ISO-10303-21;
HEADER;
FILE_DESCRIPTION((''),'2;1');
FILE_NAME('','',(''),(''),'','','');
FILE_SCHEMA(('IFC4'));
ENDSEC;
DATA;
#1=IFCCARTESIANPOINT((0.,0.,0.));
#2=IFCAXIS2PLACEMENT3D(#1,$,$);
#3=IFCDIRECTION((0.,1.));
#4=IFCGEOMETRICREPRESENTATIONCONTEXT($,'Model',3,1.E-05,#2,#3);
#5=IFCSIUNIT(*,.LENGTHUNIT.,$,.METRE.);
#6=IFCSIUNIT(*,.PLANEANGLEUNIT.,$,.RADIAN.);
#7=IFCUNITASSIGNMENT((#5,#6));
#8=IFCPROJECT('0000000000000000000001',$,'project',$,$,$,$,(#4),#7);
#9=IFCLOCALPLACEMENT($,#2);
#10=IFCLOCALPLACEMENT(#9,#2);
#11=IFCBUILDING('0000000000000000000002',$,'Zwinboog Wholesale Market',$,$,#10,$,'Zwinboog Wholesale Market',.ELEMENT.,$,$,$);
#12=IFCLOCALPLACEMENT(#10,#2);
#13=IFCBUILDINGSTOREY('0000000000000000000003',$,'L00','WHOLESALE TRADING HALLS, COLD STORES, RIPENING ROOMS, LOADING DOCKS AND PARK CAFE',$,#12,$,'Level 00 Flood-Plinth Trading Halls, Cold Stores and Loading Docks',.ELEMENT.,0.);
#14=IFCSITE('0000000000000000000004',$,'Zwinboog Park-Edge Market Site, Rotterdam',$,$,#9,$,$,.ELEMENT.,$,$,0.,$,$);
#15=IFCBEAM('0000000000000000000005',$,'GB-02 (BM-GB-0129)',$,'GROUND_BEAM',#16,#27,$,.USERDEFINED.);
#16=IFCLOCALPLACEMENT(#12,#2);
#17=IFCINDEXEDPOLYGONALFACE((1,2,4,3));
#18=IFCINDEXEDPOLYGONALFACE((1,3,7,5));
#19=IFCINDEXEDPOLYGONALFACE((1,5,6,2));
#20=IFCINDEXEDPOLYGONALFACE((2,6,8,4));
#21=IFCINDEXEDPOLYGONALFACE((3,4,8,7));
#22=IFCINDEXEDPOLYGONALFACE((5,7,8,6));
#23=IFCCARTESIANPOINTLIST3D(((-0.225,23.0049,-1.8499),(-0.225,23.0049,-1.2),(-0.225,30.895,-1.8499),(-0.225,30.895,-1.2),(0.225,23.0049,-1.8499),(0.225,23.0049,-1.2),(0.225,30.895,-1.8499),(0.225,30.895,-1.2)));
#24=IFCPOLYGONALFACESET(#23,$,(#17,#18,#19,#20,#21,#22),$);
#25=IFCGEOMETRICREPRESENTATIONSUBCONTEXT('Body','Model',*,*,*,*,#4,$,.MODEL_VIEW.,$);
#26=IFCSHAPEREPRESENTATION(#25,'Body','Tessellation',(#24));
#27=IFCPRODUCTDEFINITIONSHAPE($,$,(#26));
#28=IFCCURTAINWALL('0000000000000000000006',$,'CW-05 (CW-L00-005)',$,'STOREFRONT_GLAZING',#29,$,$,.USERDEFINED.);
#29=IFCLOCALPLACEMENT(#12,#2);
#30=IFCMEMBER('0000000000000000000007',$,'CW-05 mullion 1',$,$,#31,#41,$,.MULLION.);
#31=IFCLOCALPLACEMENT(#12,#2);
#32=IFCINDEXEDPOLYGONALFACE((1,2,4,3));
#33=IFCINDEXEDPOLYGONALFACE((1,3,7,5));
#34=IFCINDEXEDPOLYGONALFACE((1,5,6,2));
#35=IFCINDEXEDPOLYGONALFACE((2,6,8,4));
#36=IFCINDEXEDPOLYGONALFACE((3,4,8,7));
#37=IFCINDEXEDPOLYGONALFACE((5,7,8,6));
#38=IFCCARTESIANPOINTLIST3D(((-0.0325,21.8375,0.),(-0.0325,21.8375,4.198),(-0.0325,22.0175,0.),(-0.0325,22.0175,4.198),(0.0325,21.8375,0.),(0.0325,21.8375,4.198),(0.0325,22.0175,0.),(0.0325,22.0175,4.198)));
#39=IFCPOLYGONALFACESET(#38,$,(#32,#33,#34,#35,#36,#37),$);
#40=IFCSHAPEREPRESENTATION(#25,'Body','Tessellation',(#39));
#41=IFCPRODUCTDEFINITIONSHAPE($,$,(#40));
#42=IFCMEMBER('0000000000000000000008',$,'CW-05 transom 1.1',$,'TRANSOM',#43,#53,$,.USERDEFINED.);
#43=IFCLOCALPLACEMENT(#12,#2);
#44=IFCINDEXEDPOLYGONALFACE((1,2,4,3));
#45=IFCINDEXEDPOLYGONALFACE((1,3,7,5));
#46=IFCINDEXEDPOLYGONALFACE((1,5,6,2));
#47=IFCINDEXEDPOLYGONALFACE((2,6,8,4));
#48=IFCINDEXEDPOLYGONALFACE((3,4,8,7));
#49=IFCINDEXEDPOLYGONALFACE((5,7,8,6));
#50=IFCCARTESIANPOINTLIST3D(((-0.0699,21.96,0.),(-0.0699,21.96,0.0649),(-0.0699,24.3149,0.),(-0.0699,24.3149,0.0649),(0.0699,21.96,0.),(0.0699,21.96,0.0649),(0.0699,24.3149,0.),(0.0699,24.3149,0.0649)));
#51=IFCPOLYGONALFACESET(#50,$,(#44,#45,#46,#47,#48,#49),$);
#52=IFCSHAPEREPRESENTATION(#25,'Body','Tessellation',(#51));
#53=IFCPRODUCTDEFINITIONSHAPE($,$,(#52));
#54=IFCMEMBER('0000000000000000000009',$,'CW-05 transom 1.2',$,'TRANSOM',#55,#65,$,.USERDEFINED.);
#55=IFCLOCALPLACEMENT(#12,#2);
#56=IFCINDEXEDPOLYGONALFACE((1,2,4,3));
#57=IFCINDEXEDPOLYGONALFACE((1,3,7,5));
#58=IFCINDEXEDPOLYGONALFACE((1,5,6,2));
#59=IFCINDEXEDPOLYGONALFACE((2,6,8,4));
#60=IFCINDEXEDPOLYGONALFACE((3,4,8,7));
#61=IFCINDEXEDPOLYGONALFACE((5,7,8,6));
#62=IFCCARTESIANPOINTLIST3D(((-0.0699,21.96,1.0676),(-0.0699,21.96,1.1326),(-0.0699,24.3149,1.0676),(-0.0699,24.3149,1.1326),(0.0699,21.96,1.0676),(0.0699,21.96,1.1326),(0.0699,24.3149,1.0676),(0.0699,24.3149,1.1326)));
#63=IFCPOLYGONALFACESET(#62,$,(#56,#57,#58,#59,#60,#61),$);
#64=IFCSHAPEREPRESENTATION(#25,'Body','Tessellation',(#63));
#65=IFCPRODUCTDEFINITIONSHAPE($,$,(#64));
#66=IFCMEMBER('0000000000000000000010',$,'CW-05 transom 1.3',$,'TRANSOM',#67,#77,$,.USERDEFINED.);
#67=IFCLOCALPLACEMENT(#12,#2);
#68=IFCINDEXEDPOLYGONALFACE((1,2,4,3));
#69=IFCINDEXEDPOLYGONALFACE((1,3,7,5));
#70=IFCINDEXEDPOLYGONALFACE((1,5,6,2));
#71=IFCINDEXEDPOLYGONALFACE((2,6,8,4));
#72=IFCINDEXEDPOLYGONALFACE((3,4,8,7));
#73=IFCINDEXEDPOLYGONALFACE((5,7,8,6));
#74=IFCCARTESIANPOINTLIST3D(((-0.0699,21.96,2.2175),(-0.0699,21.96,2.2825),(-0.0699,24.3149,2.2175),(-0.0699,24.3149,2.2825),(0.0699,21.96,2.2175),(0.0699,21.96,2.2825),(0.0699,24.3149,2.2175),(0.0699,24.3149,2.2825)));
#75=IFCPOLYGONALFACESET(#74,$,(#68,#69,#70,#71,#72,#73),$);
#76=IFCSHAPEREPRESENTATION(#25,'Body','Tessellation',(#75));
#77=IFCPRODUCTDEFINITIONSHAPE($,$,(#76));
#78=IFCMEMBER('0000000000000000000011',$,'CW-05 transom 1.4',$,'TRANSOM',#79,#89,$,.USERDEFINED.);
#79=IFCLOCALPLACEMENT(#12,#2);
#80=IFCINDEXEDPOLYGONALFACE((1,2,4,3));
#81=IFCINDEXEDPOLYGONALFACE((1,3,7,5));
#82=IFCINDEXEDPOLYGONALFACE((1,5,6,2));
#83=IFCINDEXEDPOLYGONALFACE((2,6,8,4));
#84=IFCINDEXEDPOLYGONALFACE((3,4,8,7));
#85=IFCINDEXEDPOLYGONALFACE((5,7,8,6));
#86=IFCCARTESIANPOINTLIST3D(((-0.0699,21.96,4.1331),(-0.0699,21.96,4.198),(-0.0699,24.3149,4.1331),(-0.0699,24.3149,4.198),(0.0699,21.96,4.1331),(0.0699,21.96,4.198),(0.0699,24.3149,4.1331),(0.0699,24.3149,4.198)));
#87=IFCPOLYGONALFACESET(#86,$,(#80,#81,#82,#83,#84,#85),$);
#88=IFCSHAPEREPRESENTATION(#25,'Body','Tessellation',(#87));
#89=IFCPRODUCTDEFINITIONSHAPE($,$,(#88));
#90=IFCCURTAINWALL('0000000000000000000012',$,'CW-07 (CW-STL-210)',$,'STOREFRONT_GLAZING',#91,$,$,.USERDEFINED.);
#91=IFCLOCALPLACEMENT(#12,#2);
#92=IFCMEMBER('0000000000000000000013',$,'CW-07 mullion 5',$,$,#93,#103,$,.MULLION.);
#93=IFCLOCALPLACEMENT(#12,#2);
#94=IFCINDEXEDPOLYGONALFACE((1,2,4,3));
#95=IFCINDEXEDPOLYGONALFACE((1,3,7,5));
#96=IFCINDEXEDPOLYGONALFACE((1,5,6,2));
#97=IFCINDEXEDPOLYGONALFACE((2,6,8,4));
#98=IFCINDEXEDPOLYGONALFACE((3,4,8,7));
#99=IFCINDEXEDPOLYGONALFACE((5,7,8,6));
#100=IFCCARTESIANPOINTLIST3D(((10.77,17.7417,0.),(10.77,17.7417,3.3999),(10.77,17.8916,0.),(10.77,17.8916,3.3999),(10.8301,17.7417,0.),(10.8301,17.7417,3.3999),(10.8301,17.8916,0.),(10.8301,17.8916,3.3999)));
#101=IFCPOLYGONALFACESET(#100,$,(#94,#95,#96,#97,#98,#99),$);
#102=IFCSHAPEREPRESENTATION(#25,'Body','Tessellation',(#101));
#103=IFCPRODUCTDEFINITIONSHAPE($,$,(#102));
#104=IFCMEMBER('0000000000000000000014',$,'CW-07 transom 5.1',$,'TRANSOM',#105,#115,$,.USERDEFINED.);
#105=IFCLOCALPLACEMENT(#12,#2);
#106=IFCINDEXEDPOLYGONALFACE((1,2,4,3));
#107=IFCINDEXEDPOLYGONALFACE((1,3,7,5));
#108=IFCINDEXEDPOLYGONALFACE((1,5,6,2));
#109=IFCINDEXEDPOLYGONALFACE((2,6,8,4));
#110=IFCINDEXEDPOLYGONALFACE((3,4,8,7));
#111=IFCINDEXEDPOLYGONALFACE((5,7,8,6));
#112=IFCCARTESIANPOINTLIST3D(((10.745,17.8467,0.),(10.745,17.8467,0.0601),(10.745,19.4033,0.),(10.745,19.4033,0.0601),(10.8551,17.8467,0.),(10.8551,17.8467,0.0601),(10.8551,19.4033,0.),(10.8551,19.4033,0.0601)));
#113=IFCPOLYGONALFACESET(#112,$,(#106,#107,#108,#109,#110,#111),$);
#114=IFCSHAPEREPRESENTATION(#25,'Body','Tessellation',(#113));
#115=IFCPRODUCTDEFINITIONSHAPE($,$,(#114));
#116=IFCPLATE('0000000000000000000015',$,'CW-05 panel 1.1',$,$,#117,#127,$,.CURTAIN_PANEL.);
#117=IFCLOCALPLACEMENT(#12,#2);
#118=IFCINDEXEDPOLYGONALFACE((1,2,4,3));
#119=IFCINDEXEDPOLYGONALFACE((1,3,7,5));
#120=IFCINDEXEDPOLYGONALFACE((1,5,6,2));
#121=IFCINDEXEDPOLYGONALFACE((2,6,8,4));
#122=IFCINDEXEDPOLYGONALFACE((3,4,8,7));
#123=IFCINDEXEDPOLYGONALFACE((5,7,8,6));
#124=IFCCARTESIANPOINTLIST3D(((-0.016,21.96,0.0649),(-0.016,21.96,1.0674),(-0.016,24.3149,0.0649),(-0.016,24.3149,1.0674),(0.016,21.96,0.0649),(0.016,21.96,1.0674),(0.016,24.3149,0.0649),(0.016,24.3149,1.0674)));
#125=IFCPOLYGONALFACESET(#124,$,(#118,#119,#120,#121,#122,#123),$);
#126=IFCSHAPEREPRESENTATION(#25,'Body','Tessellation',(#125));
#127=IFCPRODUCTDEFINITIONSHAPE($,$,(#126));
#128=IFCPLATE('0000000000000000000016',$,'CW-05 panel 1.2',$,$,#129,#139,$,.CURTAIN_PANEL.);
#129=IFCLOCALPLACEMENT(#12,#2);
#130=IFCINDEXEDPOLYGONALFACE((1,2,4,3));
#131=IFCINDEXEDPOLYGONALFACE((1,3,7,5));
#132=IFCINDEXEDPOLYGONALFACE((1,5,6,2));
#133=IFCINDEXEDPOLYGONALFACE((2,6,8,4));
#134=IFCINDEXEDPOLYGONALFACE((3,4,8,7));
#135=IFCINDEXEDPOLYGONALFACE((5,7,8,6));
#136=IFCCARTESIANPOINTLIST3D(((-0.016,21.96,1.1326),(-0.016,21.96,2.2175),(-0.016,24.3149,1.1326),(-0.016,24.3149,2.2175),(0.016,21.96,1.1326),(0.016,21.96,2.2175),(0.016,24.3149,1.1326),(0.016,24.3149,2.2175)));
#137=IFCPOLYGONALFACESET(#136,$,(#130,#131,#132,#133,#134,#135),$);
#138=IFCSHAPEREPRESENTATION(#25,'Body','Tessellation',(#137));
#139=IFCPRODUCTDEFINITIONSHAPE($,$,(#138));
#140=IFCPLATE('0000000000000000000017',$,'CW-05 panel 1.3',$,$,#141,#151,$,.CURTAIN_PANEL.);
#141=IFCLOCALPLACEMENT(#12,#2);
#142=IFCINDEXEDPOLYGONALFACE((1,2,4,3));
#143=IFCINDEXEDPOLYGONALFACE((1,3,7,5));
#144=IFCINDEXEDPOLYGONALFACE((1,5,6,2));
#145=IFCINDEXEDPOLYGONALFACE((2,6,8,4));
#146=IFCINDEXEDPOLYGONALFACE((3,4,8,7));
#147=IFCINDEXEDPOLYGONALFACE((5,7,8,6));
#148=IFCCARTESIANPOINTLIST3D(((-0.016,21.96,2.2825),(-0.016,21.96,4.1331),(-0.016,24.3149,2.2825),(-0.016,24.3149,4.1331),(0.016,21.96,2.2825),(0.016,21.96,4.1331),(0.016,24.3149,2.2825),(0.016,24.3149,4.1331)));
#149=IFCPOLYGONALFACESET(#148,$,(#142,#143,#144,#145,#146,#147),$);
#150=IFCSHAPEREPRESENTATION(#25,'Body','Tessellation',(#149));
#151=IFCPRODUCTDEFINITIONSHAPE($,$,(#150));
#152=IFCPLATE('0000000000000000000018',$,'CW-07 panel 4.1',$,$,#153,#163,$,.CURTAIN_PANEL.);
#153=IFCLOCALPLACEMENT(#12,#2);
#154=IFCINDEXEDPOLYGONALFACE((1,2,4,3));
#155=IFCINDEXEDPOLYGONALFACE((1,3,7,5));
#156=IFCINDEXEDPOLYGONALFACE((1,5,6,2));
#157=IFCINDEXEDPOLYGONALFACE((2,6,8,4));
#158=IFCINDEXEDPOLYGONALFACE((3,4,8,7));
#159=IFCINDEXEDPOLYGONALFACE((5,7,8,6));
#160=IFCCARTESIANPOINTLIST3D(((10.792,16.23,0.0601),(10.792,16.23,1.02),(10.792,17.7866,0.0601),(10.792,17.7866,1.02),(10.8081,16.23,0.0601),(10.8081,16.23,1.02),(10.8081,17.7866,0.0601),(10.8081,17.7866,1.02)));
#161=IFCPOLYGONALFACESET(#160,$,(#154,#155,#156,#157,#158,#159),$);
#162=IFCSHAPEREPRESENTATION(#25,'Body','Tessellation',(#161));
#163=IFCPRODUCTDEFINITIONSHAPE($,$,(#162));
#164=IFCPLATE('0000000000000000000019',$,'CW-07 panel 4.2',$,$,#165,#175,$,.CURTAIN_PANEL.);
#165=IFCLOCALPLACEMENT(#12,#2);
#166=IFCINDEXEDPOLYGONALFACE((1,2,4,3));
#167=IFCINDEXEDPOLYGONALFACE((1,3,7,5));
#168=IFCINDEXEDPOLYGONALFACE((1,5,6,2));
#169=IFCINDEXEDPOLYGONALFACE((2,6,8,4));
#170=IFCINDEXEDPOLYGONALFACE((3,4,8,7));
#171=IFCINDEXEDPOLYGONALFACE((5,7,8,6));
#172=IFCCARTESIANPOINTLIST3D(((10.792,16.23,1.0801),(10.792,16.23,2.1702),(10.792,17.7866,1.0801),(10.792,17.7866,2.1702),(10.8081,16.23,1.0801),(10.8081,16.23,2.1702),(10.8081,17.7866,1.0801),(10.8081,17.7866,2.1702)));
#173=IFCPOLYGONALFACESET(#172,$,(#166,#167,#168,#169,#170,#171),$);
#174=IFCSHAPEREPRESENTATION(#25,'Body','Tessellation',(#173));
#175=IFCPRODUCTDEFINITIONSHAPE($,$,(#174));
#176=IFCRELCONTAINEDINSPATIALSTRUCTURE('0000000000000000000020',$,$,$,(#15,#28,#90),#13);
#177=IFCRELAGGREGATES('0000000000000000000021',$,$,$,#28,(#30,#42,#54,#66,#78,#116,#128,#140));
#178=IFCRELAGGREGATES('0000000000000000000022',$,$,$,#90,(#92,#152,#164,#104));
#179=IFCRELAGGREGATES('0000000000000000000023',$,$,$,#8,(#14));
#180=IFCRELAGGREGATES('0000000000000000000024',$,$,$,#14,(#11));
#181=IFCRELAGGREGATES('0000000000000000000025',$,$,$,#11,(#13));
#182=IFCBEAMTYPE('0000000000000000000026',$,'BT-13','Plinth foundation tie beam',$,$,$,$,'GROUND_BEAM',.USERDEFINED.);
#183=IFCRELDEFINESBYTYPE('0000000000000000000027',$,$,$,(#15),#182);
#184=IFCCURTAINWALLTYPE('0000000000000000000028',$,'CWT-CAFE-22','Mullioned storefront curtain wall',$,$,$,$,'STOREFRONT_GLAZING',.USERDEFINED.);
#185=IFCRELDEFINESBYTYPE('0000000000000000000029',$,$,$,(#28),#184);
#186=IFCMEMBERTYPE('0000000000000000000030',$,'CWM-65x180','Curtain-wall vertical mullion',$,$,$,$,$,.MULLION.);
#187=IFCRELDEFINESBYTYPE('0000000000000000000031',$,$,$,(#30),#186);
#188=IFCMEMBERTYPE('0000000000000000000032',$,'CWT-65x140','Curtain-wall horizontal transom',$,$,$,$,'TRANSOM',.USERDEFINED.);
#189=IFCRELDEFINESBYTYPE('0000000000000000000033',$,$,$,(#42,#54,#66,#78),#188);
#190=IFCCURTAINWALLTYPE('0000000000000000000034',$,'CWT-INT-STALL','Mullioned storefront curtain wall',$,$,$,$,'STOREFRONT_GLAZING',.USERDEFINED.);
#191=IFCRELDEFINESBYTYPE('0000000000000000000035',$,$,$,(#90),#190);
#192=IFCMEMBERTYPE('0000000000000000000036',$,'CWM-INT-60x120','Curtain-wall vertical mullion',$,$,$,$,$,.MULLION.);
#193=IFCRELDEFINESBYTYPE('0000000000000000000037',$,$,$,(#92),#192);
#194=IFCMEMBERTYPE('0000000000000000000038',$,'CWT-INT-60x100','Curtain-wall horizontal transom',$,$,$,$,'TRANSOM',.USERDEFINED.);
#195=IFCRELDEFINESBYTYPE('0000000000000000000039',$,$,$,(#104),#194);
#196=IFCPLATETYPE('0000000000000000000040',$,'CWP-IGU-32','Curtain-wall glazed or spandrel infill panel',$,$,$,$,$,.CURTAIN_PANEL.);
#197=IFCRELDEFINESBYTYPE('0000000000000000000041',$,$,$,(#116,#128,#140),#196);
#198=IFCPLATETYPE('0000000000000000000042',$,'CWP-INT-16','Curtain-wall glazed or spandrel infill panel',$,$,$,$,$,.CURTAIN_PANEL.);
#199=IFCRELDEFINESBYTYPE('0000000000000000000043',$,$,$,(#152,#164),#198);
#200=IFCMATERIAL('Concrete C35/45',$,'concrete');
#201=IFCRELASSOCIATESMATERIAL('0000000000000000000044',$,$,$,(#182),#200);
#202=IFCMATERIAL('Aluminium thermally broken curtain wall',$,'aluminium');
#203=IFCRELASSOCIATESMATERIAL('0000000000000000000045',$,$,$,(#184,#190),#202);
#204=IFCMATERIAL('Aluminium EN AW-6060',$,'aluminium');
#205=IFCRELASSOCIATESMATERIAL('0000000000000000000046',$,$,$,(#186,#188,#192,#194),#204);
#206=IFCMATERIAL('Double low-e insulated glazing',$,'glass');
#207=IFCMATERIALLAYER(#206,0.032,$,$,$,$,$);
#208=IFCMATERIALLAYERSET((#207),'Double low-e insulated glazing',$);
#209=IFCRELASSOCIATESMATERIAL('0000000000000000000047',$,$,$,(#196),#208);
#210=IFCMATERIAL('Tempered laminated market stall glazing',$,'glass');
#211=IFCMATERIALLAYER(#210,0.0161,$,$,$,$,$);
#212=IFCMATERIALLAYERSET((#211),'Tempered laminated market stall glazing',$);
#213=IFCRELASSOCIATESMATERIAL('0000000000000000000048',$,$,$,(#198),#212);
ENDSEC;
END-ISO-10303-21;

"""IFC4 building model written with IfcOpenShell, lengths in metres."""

from ifc_helpers import new_model, si_unit, direction, frame, origin, origin_2d, place, context, subcontext, project, spatial, rectangle, extrude, material, layer, layer_set, material_profile, profile_set, type_object, element, aggregate, save


model = new_model("IFC4")

# Units and contexts
model_context = context("Model", 3, precision=1e-05, world=origin(), true_north=direction((0.0, 1.0)))
body_context = subcontext(model_context, "Body", "Model", "MODEL_VIEW")
ifc_project = project(units=[si_unit("LENGTHUNIT", "METRE"), si_unit("PLANEANGLEUNIT", "RADIAN")], contexts=[model_context])

# Site, building, storey
site_placement = place(None, origin())
site = spatial("IfcSite", under=ifc_project, at=site_placement, Name="Zwinboog Park-Edge Market Site, Rotterdam", CompositionType="ELEMENT", RefElevation=0.0)
building_placement = place(site_placement, origin())
building = spatial("IfcBuilding", under=site, at=building_placement, Name="Zwinboog Wholesale Market", LongName="Zwinboog Wholesale Market", CompositionType="ELEMENT")
storey_placement = place(building_placement, origin())
storey = spatial("IfcBuildingStorey", under=building, at=storey_placement, Name="L00", Description="WHOLESALE TRADING HALLS, COLD STORES, RIPENING ROOMS, LOADING DOCKS AND PARK CAFE", LongName="Level 00 Flood-Plinth Trading Halls, Cold Stores and Loading Docks", CompositionType="ELEMENT", Elevation=0.0)

# Beam
ifc_material_1 = material(Name="Concrete C35/45", Category="concrete")
ifc_material_profile_1 = material_profile(ifc_material_1, rectangle(XDim=0.45, YDim=0.6499, at=origin_2d()), Name="RC 450x650")
ifc_profile_set_1 = profile_set([ifc_material_profile_1], Name="Concrete C35/45")
beam_type_1 = type_object("IfcBeamType", Name="BT-13", Description="Plinth foundation tie beam", ElementType="GROUND_BEAM", PredefinedType="USERDEFINED", material=ifc_profile_set_1)
beam_1_placement = place(storey_placement, frame((0.0, 23.0049, -1.5249), z_axis=(0.0, 1.0, 0.0), x_axis=(-1.0, 0.0, 0.0)))
element("IfcBeam", 1, at=beam_1_placement, inside=storey, type_object=beam_type_1, Name="GB-02 (BM-GB-0129)", ObjectType="GROUND_BEAM", PredefinedType="USERDEFINED", context=body_context, shape_type="SweptSolid", body=[
    extrude(rectangle(XDim=0.45, YDim=0.6499, at=origin_2d()), origin(), (0.0, 0.0, 1.0), 7.8901),
])

# Curtain walls, members
ifc_material_2 = material(Name="Aluminium thermally broken curtain wall", Category="aluminium")
curtain_wall_type_1 = type_object("IfcCurtainWallType", Name="CWT-CAFE-22", Description="Mullioned storefront curtain wall", ElementType="STOREFRONT_GLAZING", PredefinedType="USERDEFINED", material=ifc_material_2)
curtain_wall_1_placement = place(storey_placement, origin())
curtain_wall_1 = element("IfcCurtainWall", 2, at=curtain_wall_1_placement, inside=storey, type_object=curtain_wall_type_1, Name="CW-05 (CW-L00-005)", ObjectType="STOREFRONT_GLAZING", PredefinedType="USERDEFINED")
ifc_material_3 = material(Name="Aluminium EN AW-6060", Category="aluminium")
ifc_material_profile_2 = material_profile(ifc_material_3, rectangle(XDim=0.0649, YDim=0.1799, at=origin_2d()), Name="AL 65x180")
ifc_profile_set_2 = profile_set([ifc_material_profile_2], Name="Aluminium EN AW-6060")
member_type_1 = type_object("IfcMemberType", Name="CWM-65x180", Description="Curtain-wall vertical mullion", PredefinedType="MULLION", material=ifc_profile_set_2)
member_1_placement = place(storey_placement, frame((0.0, 21.9275, 0.0), z_axis=(0.0, 0.0, 1.0), x_axis=(-1.0, 0.0, 0.0)))
member_1 = element("IfcMember", 3, at=member_1_placement, type_object=member_type_1, Name="CW-05 mullion 1", PredefinedType="MULLION", context=body_context, shape_type="SweptSolid", body=[
    extrude(rectangle(XDim=0.0649, YDim=0.1799, at=origin_2d()), origin(), (0.0, 0.0, 1.0), 4.198),
])
ifc_material_profile_3 = material_profile(ifc_material_3, rectangle(XDim=0.1399, YDim=0.0649, at=origin_2d()), Name="AL 65x140")
ifc_profile_set_3 = profile_set([ifc_material_profile_3], Name="Aluminium EN AW-6060")
member_type_2 = type_object("IfcMemberType", Name="CWT-65x140", Description="Curtain-wall horizontal transom", ElementType="TRANSOM", PredefinedType="USERDEFINED", material=ifc_profile_set_3)
member_2_placement = place(storey_placement, frame((0.0, 21.96, 0.0325), z_axis=(0.0, 1.0, 0.0), x_axis=(-1.0, 0.0, 0.0)))
member_2 = element("IfcMember", 4, at=member_2_placement, type_object=member_type_2, Name="CW-05 transom 1.1", ObjectType="TRANSOM", PredefinedType="USERDEFINED", context=body_context, shape_type="SweptSolid", body=[
    extrude(rectangle(XDim=0.1399, YDim=0.0649, at=origin_2d()), origin(), (0.0, 0.0, 1.0), 2.355),
])
member_3_placement = place(storey_placement, frame((0.0, 21.96, 1.1001), z_axis=(0.0, 1.0, 0.0), x_axis=(-1.0, 0.0, 0.0)))
member_3 = element("IfcMember", 5, at=member_3_placement, type_object=member_type_2, Name="CW-05 transom 1.2", ObjectType="TRANSOM", PredefinedType="USERDEFINED", context=body_context, shape_type="SweptSolid", body=[
    extrude(rectangle(XDim=0.1399, YDim=0.0649, at=origin_2d()), origin(), (0.0, 0.0, 1.0), 2.355),
])
member_4_placement = place(storey_placement, frame((0.0, 21.96, 2.25), z_axis=(0.0, 1.0, 0.0), x_axis=(-1.0, 0.0, 0.0)))
member_4 = element("IfcMember", 6, at=member_4_placement, type_object=member_type_2, Name="CW-05 transom 1.3", ObjectType="TRANSOM", PredefinedType="USERDEFINED", context=body_context, shape_type="SweptSolid", body=[
    extrude(rectangle(XDim=0.1399, YDim=0.0649, at=origin_2d()), origin(), (0.0, 0.0, 1.0), 2.355),
])
member_5_placement = place(storey_placement, frame((0.0, 21.96, 4.1655), z_axis=(0.0, 1.0, 0.0), x_axis=(-1.0, 0.0, 0.0)))
member_5 = element("IfcMember", 7, at=member_5_placement, type_object=member_type_2, Name="CW-05 transom 1.4", ObjectType="TRANSOM", PredefinedType="USERDEFINED", context=body_context, shape_type="SweptSolid", body=[
    extrude(rectangle(XDim=0.1399, YDim=0.0649, at=origin_2d()), origin(), (0.0, 0.0, 1.0), 2.355),
])
curtain_wall_type_2 = type_object("IfcCurtainWallType", Name="CWT-INT-STALL", Description="Mullioned storefront curtain wall", ElementType="STOREFRONT_GLAZING", PredefinedType="USERDEFINED", material=ifc_material_2)
curtain_wall_2_placement = place(storey_placement, origin())
curtain_wall_2 = element("IfcCurtainWall", 8, at=curtain_wall_2_placement, inside=storey, type_object=curtain_wall_type_2, Name="CW-07 (CW-STL-210)", ObjectType="STOREFRONT_GLAZING", PredefinedType="USERDEFINED")
ifc_material_profile_4 = material_profile(ifc_material_3, rectangle(XDim=0.0601, YDim=0.1499, at=origin_2d()), Name="AL 60x150")
ifc_profile_set_4 = profile_set([ifc_material_profile_4], Name="Aluminium EN AW-6060")
member_type_3 = type_object("IfcMemberType", Name="CWM-INT-60x120", Description="Curtain-wall vertical mullion", PredefinedType="MULLION", material=ifc_profile_set_4)
member_6_placement = place(storey_placement, frame((10.8, 17.8167, 0.0), z_axis=(0.0, 0.0, 1.0), x_axis=(-1.0, 0.0, 0.0)))
member_6 = element("IfcMember", 9, at=member_6_placement, type_object=member_type_3, Name="CW-07 mullion 5", PredefinedType="MULLION", context=body_context, shape_type="SweptSolid", body=[
    extrude(rectangle(XDim=0.0601, YDim=0.1499, at=origin_2d()), origin(), (0.0, 0.0, 1.0), 3.3999),
])
ifc_material_profile_5 = material_profile(ifc_material_3, rectangle(XDim=0.1101, YDim=0.0601, at=origin_2d()), Name="AL 60x110")
ifc_profile_set_5 = profile_set([ifc_material_profile_5], Name="Aluminium EN AW-6060")
member_type_4 = type_object("IfcMemberType", Name="CWT-INT-60x100", Description="Curtain-wall horizontal transom", ElementType="TRANSOM", PredefinedType="USERDEFINED", material=ifc_profile_set_5)
member_7_placement = place(storey_placement, frame((10.8, 17.8467, 0.03), z_axis=(0.0, 1.0, 0.0), x_axis=(-1.0, 0.0, 0.0)))
member_7 = element("IfcMember", 10, at=member_7_placement, type_object=member_type_4, Name="CW-07 transom 5.1", ObjectType="TRANSOM", PredefinedType="USERDEFINED", context=body_context, shape_type="SweptSolid", body=[
    extrude(rectangle(XDim=0.1101, YDim=0.0601, at=origin_2d()), origin(), (0.0, 0.0, 1.0), 1.5566),
])

# Plates
ifc_material_4 = material(Name="Double low-e insulated glazing", Category="glass")
ifc_layer_1 = layer(ifc_material_4, 0.032)
ifc_layer_set_1 = layer_set([ifc_layer_1], Name="Double low-e insulated glazing")
plate_type_1 = type_object("IfcPlateType", Name="CWP-IGU-32", Description="Curtain-wall glazed or spandrel infill panel", PredefinedType="CURTAIN_PANEL", material=ifc_layer_set_1)
plate_1_placement = place(storey_placement, frame((0.0, 23.1375, 0.0649), z_axis=(0.0, 0.0, 1.0), x_axis=(0.0, 1.0, 0.0)))
plate_1 = element("IfcPlate", 11, at=plate_1_placement, type_object=plate_type_1, Name="CW-05 panel 1.1", PredefinedType="CURTAIN_PANEL", context=body_context, shape_type="SweptSolid", body=[
    extrude(rectangle(XDim=2.355, YDim=0.032, at=origin_2d()), origin(), (0.0, 0.0, 1.0), 1.0024),
])
plate_2_placement = place(storey_placement, frame((0.0, 23.1375, 1.1326), z_axis=(0.0, 0.0, 1.0), x_axis=(0.0, 1.0, 0.0)))
plate_2 = element("IfcPlate", 12, at=plate_2_placement, type_object=plate_type_1, Name="CW-05 panel 1.2", PredefinedType="CURTAIN_PANEL", context=body_context, shape_type="SweptSolid", body=[
    extrude(rectangle(XDim=2.355, YDim=0.032, at=origin_2d()), origin(), (0.0, 0.0, 1.0), 1.085),
])
plate_3_placement = place(storey_placement, frame((0.0, 23.1375, 2.2825), z_axis=(0.0, 0.0, 1.0), x_axis=(0.0, 1.0, 0.0)))
plate_3 = element("IfcPlate", 13, at=plate_3_placement, type_object=plate_type_1, Name="CW-05 panel 1.3", PredefinedType="CURTAIN_PANEL", context=body_context, shape_type="SweptSolid", body=[
    extrude(rectangle(XDim=2.355, YDim=0.032, at=origin_2d()), origin(), (0.0, 0.0, 1.0), 1.8506),
])
aggregate(curtain_wall_1, [member_1, member_2, member_3, member_4, member_5, plate_1, plate_2, plate_3])
ifc_material_5 = material(Name="Tempered laminated market stall glazing", Category="glass")
ifc_layer_2 = layer(ifc_material_5, 0.0161)
ifc_layer_set_2 = layer_set([ifc_layer_2], Name="Tempered laminated market stall glazing")
plate_type_2 = type_object("IfcPlateType", Name="CWP-INT-16", Description="Curtain-wall glazed or spandrel infill panel", PredefinedType="CURTAIN_PANEL", material=ifc_layer_set_2)
plate_4_placement = place(storey_placement, frame((10.8, 17.0083, 0.0601), z_axis=(0.0, 0.0, 1.0), x_axis=(0.0, 1.0, 0.0)))
plate_4 = element("IfcPlate", 14, at=plate_4_placement, type_object=plate_type_2, Name="CW-07 panel 4.1", PredefinedType="CURTAIN_PANEL", context=body_context, shape_type="SweptSolid", body=[
    extrude(rectangle(XDim=1.5566, YDim=0.0161, at=origin_2d()), origin(), (0.0, 0.0, 1.0), 0.96),
])
plate_5_placement = place(storey_placement, frame((10.8, 17.0083, 1.0801), z_axis=(0.0, 0.0, 1.0), x_axis=(0.0, 1.0, 0.0)))
plate_5 = element("IfcPlate", 15, at=plate_5_placement, type_object=plate_type_2, Name="CW-07 panel 4.2", PredefinedType="CURTAIN_PANEL", context=body_context, shape_type="SweptSolid", body=[
    extrude(rectangle(XDim=1.5566, YDim=0.0161, at=origin_2d()), origin(), (0.0, 0.0, 1.0), 1.0901),
])
aggregate(curtain_wall_2, [member_6, plate_4, plate_5, member_7])

save(model, "model.ifc")
